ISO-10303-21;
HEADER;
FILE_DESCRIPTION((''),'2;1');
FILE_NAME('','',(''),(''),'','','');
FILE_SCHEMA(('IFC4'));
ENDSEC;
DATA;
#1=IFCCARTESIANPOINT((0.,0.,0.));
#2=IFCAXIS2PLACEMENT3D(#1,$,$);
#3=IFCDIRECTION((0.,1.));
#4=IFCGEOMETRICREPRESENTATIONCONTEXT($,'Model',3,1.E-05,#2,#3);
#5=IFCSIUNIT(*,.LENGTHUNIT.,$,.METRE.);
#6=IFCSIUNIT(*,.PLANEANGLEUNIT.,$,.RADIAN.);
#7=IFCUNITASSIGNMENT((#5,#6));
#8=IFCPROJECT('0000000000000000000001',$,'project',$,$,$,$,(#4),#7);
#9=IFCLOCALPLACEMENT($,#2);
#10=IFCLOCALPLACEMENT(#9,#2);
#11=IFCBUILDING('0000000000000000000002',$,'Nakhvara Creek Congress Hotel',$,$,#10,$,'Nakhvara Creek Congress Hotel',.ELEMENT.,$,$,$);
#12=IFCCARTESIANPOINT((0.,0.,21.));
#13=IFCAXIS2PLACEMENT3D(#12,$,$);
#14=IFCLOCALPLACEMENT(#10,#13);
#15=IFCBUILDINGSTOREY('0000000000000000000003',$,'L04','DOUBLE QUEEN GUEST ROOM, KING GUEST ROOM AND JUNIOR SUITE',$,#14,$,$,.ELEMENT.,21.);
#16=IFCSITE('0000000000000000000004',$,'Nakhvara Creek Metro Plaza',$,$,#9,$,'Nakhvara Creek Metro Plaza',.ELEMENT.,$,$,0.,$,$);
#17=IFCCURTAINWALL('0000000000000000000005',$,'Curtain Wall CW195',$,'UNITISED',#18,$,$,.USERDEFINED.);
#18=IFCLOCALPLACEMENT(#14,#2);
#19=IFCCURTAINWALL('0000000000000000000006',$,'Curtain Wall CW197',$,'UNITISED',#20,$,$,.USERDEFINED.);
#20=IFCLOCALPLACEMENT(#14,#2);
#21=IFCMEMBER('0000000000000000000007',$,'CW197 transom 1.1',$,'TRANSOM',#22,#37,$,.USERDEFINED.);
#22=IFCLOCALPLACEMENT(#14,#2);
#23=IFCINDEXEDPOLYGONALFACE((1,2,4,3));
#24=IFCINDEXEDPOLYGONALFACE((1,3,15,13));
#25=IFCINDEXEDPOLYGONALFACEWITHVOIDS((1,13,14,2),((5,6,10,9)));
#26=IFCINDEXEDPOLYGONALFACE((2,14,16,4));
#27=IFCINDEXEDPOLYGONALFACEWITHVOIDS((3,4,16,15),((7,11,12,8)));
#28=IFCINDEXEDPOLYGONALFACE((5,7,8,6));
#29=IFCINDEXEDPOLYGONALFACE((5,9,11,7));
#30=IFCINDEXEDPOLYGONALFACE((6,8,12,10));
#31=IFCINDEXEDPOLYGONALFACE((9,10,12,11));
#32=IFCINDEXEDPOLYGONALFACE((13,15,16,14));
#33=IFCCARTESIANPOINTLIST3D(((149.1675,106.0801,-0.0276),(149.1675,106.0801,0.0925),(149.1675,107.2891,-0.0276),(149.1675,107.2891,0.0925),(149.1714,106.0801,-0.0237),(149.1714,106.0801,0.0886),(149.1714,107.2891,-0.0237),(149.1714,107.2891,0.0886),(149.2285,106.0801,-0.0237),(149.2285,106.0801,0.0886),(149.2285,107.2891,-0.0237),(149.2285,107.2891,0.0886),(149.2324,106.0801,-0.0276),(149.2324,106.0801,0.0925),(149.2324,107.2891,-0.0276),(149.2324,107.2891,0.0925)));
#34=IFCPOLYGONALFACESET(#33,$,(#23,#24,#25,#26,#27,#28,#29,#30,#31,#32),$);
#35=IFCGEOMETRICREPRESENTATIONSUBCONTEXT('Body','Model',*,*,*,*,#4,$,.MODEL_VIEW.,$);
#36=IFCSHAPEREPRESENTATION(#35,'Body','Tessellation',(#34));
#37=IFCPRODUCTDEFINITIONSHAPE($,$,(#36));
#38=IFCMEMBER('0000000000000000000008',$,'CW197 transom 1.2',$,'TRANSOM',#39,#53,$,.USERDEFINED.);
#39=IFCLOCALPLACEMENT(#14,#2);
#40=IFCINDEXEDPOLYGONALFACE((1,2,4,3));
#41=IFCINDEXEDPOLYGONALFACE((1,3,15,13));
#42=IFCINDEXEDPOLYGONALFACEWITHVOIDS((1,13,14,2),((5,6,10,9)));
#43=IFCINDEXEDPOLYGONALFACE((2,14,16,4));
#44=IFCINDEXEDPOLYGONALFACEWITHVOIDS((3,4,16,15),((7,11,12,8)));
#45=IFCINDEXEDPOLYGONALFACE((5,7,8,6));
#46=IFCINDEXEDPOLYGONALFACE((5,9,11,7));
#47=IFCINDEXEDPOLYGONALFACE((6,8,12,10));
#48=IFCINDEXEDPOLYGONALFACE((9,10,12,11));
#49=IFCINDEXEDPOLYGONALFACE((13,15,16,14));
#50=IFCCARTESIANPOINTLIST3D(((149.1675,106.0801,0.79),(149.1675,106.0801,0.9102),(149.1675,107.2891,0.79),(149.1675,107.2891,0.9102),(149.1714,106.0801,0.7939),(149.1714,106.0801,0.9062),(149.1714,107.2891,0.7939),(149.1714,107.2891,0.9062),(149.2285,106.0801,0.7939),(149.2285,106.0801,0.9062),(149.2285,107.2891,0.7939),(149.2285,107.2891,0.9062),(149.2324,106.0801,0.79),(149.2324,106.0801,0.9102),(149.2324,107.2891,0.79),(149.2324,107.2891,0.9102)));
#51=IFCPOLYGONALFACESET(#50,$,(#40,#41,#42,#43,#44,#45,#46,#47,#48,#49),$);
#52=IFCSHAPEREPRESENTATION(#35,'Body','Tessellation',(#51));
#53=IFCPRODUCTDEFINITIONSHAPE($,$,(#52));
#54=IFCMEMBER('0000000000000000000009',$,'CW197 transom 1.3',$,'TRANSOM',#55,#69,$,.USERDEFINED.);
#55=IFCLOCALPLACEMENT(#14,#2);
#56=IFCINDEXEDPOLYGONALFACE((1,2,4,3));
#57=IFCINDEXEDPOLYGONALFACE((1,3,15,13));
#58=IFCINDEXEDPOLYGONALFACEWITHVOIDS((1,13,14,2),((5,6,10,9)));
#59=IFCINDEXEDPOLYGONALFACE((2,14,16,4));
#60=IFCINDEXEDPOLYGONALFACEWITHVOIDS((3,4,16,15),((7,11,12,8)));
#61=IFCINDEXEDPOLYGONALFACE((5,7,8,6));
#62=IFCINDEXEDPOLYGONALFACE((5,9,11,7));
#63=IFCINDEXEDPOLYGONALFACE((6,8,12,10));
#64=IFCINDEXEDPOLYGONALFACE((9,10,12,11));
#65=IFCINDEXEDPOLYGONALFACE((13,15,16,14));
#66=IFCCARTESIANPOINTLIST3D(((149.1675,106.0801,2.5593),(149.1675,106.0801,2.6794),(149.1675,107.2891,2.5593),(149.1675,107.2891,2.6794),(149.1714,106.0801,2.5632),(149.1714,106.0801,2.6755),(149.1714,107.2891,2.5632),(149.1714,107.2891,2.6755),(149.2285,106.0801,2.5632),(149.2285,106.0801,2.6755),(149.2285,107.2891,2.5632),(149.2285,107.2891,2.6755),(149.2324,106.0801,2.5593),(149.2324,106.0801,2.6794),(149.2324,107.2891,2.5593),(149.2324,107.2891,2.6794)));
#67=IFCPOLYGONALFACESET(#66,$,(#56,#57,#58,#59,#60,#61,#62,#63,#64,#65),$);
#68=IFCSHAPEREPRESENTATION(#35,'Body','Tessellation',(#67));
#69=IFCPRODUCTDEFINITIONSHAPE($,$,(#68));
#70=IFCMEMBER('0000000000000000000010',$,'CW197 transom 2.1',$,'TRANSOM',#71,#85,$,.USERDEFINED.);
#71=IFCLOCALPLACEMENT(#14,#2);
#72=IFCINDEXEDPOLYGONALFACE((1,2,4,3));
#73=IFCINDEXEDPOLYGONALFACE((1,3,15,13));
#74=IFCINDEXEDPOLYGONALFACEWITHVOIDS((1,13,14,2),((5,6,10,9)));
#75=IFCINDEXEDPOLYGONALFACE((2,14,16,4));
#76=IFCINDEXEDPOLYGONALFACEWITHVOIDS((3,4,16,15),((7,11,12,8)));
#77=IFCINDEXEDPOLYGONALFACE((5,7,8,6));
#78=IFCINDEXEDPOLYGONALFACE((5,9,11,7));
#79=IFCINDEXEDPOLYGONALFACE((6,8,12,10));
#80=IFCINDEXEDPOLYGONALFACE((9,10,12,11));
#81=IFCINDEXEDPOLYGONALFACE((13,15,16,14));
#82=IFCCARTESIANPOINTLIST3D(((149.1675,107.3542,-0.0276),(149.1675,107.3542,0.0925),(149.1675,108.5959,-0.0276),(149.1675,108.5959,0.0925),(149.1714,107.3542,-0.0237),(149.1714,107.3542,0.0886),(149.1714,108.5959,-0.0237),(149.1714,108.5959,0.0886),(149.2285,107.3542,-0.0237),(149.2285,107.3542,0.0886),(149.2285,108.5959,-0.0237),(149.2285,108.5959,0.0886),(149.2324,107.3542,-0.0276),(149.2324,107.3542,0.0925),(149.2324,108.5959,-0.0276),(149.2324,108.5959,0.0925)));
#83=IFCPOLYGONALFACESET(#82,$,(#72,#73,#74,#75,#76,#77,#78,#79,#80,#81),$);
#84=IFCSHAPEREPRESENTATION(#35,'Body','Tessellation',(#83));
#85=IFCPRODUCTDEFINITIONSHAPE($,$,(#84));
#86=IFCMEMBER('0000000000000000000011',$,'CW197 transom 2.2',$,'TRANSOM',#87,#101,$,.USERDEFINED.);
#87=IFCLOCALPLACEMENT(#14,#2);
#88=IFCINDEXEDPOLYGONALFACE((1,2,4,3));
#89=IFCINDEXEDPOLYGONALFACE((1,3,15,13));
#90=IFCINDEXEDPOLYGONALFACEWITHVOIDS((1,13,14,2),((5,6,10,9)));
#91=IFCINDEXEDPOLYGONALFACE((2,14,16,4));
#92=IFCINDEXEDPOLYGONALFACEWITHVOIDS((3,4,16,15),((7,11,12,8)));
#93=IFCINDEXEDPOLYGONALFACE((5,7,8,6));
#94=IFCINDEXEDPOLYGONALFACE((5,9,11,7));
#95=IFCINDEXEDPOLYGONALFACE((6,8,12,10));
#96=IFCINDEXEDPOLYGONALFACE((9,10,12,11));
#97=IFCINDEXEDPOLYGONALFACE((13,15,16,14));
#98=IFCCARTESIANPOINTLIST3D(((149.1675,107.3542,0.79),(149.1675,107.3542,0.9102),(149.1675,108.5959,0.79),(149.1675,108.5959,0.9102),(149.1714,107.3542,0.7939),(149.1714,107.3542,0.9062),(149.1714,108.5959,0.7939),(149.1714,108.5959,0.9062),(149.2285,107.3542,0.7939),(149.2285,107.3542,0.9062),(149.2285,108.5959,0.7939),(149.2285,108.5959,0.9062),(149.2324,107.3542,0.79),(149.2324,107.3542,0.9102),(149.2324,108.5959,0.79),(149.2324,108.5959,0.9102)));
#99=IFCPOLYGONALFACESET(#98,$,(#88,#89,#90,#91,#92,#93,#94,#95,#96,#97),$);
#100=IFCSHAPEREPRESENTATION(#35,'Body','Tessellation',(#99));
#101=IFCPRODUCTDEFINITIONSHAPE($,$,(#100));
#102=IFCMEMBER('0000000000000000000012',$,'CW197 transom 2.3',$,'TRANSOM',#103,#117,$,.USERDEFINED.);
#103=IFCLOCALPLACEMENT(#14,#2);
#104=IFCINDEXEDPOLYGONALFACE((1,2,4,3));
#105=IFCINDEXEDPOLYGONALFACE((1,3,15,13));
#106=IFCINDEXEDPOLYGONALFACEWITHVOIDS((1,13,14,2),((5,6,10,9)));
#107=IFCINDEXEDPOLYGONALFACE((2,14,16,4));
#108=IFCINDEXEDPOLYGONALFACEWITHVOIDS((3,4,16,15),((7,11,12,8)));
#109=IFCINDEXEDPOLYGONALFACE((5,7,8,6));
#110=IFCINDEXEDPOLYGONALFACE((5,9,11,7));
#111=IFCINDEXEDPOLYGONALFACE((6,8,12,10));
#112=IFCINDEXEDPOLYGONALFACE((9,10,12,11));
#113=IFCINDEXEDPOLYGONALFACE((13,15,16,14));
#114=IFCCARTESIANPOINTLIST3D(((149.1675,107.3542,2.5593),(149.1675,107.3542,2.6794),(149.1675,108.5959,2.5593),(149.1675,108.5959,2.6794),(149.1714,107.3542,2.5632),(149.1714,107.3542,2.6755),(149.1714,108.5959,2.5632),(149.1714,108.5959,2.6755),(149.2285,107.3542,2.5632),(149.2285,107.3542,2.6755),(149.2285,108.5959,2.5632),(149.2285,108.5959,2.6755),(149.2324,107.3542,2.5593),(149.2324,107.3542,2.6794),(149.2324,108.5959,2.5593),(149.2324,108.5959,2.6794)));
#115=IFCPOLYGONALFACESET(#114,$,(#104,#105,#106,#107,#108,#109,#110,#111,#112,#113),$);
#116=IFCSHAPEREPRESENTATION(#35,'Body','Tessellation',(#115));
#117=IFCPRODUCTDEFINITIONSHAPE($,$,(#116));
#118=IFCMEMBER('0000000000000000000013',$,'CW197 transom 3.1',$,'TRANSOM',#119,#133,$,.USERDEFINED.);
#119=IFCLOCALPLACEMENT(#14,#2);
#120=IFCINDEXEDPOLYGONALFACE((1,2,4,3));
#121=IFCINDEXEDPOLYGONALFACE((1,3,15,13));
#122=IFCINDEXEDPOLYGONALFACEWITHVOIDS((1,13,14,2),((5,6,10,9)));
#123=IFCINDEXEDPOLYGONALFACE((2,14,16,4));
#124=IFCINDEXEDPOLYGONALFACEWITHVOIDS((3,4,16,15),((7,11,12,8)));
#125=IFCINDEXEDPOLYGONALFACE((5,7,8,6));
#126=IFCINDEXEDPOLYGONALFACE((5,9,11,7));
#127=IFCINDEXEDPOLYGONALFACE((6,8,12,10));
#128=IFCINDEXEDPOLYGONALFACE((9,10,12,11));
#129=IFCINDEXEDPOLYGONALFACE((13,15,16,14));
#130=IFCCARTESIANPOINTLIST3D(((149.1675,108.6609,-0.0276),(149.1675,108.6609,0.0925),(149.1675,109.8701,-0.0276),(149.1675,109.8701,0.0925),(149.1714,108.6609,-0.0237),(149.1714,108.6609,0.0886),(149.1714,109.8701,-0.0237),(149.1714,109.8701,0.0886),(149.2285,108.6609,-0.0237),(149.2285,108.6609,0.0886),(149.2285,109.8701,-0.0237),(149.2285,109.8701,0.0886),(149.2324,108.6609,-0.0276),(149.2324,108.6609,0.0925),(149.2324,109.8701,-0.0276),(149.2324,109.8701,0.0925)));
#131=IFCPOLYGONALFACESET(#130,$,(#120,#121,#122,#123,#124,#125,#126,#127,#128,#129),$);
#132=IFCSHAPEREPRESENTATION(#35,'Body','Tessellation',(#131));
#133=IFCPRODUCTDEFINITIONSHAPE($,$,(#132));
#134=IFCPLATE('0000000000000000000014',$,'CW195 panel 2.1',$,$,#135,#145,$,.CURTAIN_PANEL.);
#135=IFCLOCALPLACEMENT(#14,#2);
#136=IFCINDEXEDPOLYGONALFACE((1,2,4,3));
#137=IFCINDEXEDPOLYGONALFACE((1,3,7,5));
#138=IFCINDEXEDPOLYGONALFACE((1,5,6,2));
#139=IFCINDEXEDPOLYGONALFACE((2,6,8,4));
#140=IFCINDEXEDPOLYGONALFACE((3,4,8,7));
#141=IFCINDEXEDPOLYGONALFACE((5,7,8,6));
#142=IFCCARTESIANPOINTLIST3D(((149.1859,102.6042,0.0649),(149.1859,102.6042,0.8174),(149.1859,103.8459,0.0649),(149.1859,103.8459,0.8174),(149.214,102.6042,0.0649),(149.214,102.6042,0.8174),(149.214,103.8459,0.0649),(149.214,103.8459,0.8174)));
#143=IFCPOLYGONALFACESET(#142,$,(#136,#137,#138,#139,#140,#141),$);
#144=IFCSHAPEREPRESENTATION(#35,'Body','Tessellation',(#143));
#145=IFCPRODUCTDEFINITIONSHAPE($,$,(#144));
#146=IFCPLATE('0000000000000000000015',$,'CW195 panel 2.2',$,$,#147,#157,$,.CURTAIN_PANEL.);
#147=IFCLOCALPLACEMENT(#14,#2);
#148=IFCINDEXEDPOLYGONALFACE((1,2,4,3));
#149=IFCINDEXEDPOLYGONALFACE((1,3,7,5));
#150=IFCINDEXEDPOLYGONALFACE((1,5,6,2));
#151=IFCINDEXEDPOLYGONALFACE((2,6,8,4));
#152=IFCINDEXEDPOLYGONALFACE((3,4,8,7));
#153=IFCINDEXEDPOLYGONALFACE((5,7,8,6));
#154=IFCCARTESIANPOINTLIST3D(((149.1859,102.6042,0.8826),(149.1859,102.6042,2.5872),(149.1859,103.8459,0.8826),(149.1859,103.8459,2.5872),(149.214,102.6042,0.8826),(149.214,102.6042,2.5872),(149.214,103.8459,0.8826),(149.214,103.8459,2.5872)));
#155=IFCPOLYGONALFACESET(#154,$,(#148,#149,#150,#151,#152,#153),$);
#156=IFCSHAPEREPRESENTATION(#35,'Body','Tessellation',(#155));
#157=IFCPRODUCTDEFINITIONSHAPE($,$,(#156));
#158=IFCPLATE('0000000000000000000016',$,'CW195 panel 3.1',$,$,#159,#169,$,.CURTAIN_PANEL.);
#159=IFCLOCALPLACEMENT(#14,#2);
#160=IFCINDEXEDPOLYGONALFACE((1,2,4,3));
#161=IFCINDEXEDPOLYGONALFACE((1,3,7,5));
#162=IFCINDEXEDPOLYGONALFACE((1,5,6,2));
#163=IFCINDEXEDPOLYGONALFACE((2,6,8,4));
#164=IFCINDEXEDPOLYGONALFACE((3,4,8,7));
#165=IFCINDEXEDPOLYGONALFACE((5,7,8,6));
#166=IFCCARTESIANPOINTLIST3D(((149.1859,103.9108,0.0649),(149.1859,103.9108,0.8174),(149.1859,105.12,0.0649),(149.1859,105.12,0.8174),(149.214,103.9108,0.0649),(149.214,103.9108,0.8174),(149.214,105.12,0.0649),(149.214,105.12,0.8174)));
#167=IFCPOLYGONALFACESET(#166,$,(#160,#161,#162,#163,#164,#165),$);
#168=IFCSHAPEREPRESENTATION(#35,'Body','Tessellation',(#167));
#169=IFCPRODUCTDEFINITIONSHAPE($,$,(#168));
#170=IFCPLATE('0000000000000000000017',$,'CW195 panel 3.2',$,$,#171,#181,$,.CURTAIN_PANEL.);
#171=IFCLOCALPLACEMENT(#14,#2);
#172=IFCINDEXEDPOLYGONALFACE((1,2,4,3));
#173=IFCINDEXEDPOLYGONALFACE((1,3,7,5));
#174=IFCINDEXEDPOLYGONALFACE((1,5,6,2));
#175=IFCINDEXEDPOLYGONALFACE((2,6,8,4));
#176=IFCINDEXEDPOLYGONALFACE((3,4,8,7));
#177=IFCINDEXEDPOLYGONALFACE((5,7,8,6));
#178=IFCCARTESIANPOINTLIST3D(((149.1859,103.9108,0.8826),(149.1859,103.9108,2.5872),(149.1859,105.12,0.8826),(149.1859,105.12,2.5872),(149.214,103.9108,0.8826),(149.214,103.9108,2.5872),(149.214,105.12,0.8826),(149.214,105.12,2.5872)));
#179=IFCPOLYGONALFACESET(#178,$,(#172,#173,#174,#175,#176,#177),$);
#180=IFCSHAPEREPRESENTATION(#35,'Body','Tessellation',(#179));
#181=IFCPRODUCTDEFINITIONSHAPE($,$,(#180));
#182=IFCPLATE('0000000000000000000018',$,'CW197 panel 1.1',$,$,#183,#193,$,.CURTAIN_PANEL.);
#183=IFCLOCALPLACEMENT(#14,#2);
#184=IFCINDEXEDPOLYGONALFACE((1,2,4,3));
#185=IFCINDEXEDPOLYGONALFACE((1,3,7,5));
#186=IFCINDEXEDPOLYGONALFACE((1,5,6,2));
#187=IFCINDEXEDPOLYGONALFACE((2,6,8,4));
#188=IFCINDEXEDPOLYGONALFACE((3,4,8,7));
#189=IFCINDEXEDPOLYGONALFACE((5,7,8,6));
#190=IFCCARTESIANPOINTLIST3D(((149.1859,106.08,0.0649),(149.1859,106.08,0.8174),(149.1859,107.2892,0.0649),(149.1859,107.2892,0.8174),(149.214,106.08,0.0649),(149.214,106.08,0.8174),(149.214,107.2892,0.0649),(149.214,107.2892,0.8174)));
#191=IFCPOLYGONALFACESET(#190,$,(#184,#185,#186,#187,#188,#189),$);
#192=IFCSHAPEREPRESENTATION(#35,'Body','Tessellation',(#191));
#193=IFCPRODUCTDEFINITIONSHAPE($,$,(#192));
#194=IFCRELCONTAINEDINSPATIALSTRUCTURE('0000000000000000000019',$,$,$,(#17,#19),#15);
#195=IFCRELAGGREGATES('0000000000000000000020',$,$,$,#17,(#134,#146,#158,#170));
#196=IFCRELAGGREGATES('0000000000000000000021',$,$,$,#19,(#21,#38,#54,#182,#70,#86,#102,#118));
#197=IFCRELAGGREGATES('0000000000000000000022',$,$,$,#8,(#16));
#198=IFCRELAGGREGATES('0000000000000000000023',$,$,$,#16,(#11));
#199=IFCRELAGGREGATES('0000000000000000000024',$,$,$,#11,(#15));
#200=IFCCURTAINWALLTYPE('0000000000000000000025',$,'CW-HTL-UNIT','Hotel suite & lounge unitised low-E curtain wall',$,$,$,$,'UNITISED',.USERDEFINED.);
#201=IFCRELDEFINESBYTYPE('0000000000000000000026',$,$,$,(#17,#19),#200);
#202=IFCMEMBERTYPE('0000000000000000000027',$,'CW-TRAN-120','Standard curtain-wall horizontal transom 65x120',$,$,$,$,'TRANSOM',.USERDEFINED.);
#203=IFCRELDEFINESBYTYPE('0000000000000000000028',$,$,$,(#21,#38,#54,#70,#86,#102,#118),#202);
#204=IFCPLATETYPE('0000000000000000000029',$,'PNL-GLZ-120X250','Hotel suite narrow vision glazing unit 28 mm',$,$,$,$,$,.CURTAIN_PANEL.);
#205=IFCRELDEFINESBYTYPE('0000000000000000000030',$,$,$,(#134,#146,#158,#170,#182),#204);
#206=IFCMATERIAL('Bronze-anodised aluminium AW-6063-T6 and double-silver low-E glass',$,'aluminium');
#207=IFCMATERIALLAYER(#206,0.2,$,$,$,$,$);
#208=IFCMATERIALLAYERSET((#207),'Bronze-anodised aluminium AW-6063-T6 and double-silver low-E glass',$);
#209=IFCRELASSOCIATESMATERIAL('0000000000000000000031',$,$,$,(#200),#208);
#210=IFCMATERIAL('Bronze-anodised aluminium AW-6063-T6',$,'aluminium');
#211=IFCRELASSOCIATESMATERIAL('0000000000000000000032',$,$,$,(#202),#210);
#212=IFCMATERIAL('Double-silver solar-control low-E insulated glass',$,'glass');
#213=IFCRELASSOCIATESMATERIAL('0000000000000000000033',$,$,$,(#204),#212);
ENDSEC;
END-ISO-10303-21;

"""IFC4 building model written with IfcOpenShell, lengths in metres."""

from ifc_helpers import new_model, si_unit, direction, frame, origin, origin_2d, place, context, subcontext, project, spatial, rectangle, hollow_rectangle, extrude, material, layer, layer_set, material_profile, profile_set, type_object, element, aggregate, save


model = new_model("IFC4")

# Units and contexts
model_context = context("Model", 3, precision=1e-05, world=origin(), true_north=direction((0.0, 1.0)))
body_context = subcontext(model_context, "Body", "Model", "MODEL_VIEW")
ifc_project = project(units=[si_unit("LENGTHUNIT", "METRE"), si_unit("PLANEANGLEUNIT", "RADIAN")], contexts=[model_context])

# Site, building, storey
site_placement = place(None, origin())
site = spatial("IfcSite", under=ifc_project, at=site_placement, Name="Nakhvara Creek Metro Plaza", LongName="Nakhvara Creek Metro Plaza", CompositionType="ELEMENT", RefElevation=0.0)
building_placement = place(site_placement, origin())
building = spatial("IfcBuilding", under=site, at=building_placement, Name="Nakhvara Creek Congress Hotel", LongName="Nakhvara Creek Congress Hotel", CompositionType="ELEMENT")
storey_placement = place(building_placement, frame((0.0, 0.0, 21.0)))
storey = spatial("IfcBuildingStorey", under=building, at=storey_placement, Name="L04", Description="DOUBLE QUEEN GUEST ROOM, KING GUEST ROOM AND JUNIOR SUITE", CompositionType="ELEMENT", Elevation=21.0)

# Curtain walls
ifc_material_1 = material(Name="Bronze-anodised aluminium AW-6063-T6 and double-silver low-E glass", Category="aluminium")
ifc_layer = layer(ifc_material_1, 0.2)
ifc_layer_set = layer_set([ifc_layer], Name="Bronze-anodised aluminium AW-6063-T6 and double-silver low-E glass")
curtain_wall_type = type_object("IfcCurtainWallType", Name="CW-HTL-UNIT", Description="Hotel suite & lounge unitised low-E curtain wall", ElementType="UNITISED", PredefinedType="USERDEFINED", material=ifc_layer_set)
curtain_wall_1_placement = place(storey_placement, origin())
curtain_wall_1 = element("IfcCurtainWall", 1, at=curtain_wall_1_placement, inside=storey, type_object=curtain_wall_type, Name="Curtain Wall CW195", ObjectType="UNITISED", PredefinedType="USERDEFINED")
ifc_material_2 = material(Name="Bronze-anodised aluminium AW-6063-T6", Category="aluminium")
curtain_wall_2_placement = place(storey_placement, origin())
curtain_wall_2 = element("IfcCurtainWall", 2, at=curtain_wall_2_placement, inside=storey, type_object=curtain_wall_type, Name="Curtain Wall CW197", ObjectType="UNITISED", PredefinedType="USERDEFINED")

# Members
ifc_material_profile_1 = material_profile(ifc_material_2, hollow_rectangle(XDim=0.0649, YDim=0.1201, WallThickness=0.0039, at=origin_2d()), Name="ALU-TRAN 65x120x4", Category="LoadBearing")
ifc_profile_set_1 = profile_set([ifc_material_profile_1], Name="Bronze-anodised aluminium AW-6063-T6")
member_type_1 = type_object("IfcMemberType", Name="CW-TRAN-120", Description="Standard curtain-wall horizontal transom 65x120", ElementType="TRANSOM", PredefinedType="USERDEFINED", material=ifc_profile_set_1)
member_1_placement = place(storey_placement, frame((149.2, 106.0801, 0.0325), z_axis=(0.0, 1.0, 0.0), x_axis=(-1.0, 0.0, 0.0)))
member_1 = element("IfcMember", 3, at=member_1_placement, type_object=member_type_1, Name="CW197 transom 1.1", ObjectType="TRANSOM", PredefinedType="USERDEFINED", context=body_context, shape_type="SweptSolid", body=[
    extrude(hollow_rectangle(XDim=0.0649, YDim=0.1201, WallThickness=0.0039, at=origin_2d()), origin(), (0.0, 0.0, 1.0), 1.209),
])
member_2_placement = place(storey_placement, frame((149.2, 106.0801, 0.8501), z_axis=(0.0, 1.0, 0.0), x_axis=(-1.0, 0.0, 0.0)))
member_2 = element("IfcMember", 4, at=member_2_placement, type_object=member_type_1, Name="CW197 transom 1.2", ObjectType="TRANSOM", PredefinedType="USERDEFINED", context=body_context, shape_type="SweptSolid", body=[
    extrude(hollow_rectangle(XDim=0.0649, YDim=0.1201, WallThickness=0.0039, at=origin_2d()), origin(), (0.0, 0.0, 1.0), 1.209),
])
member_3_placement = place(storey_placement, frame((149.2, 106.0801, 2.6194), z_axis=(0.0, 1.0, 0.0), x_axis=(-1.0, 0.0, 0.0)))
member_3 = element("IfcMember", 5, at=member_3_placement, type_object=member_type_1, Name="CW197 transom 1.3", ObjectType="TRANSOM", PredefinedType="USERDEFINED", context=body_context, shape_type="SweptSolid", body=[
    extrude(hollow_rectangle(XDim=0.0649, YDim=0.1201, WallThickness=0.0039, at=origin_2d()), origin(), (0.0, 0.0, 1.0), 1.209),
])
member_4_placement = place(storey_placement, frame((149.2, 107.3542, 0.0325), z_axis=(0.0, 1.0, 0.0), x_axis=(-1.0, 0.0, 0.0)))
member_4 = element("IfcMember", 6, at=member_4_placement, type_object=member_type_1, Name="CW197 transom 2.1", ObjectType="TRANSOM", PredefinedType="USERDEFINED", context=body_context, shape_type="SweptSolid", body=[
    extrude(hollow_rectangle(XDim=0.0649, YDim=0.1201, WallThickness=0.0039, at=origin_2d()), origin(), (0.0, 0.0, 1.0), 1.2417),
])
member_5_placement = place(storey_placement, frame((149.2, 107.3542, 0.8501), z_axis=(0.0, 1.0, 0.0), x_axis=(-1.0, 0.0, 0.0)))
member_5 = element("IfcMember", 7, at=member_5_placement, type_object=member_type_1, Name="CW197 transom 2.2", ObjectType="TRANSOM", PredefinedType="USERDEFINED", context=body_context, shape_type="SweptSolid", body=[
    extrude(hollow_rectangle(XDim=0.0649, YDim=0.1201, WallThickness=0.0039, at=origin_2d()), origin(), (0.0, 0.0, 1.0), 1.2417),
])
member_6_placement = place(storey_placement, frame((149.2, 107.3542, 2.6194), z_axis=(0.0, 1.0, 0.0), x_axis=(-1.0, 0.0, 0.0)))
member_6 = element("IfcMember", 8, at=member_6_placement, type_object=member_type_1, Name="CW197 transom 2.3", ObjectType="TRANSOM", PredefinedType="USERDEFINED", context=body_context, shape_type="SweptSolid", body=[
    extrude(hollow_rectangle(XDim=0.0649, YDim=0.1201, WallThickness=0.0039, at=origin_2d()), origin(), (0.0, 0.0, 1.0), 1.2417),
])
member_7_placement = place(storey_placement, frame((149.2, 108.6609, 0.0325), z_axis=(0.0, 1.0, 0.0), x_axis=(-1.0, 0.0, 0.0)))
member_7 = element("IfcMember", 9, at=member_7_placement, type_object=member_type_1, Name="CW197 transom 3.1", ObjectType="TRANSOM", PredefinedType="USERDEFINED", context=body_context, shape_type="SweptSolid", body=[
    extrude(hollow_rectangle(XDim=0.0649, YDim=0.1201, WallThickness=0.0039, at=origin_2d()), origin(), (0.0, 0.0, 1.0), 1.2092),
])

# Plates
ifc_material_3 = material(Name="Double-silver solar-control low-E insulated glass", Category="glass")
plate_type = type_object("IfcPlateType", Name="PNL-GLZ-120X250", Description="Hotel suite narrow vision glazing unit 28 mm", PredefinedType="CURTAIN_PANEL", material=ifc_material_3)
plate_1_placement = place(storey_placement, frame((149.2, 103.2251, 0.0649), z_axis=(0.0, 0.0, 1.0), x_axis=(0.0, 1.0, 0.0)))
plate_1 = element("IfcPlate", 10, at=plate_1_placement, type_object=plate_type, Name="CW195 panel 2.1", PredefinedType="CURTAIN_PANEL", context=body_context, shape_type="SweptSolid", body=[
    extrude(rectangle(XDim=1.2417, YDim=0.0281, at=origin_2d()), origin(), (0.0, 0.0, 1.0), 0.7524),
])
plate_2_placement = place(storey_placement, frame((149.2, 103.2251, 0.8826), z_axis=(0.0, 0.0, 1.0), x_axis=(0.0, 1.0, 0.0)))
plate_2 = element("IfcPlate", 11, at=plate_2_placement, type_object=plate_type, Name="CW195 panel 2.2", PredefinedType="CURTAIN_PANEL", context=body_context, shape_type="SweptSolid", body=[
    extrude(rectangle(XDim=1.2417, YDim=0.0281, at=origin_2d()), origin(), (0.0, 0.0, 1.0), 1.7046),
])
plate_3_placement = place(storey_placement, frame((149.2, 104.5154, 0.0649), z_axis=(0.0, 0.0, 1.0), x_axis=(0.0, 1.0, 0.0)))
plate_3 = element("IfcPlate", 12, at=plate_3_placement, type_object=plate_type, Name="CW195 panel 3.1", PredefinedType="CURTAIN_PANEL", context=body_context, shape_type="SweptSolid", body=[
    extrude(rectangle(XDim=1.2092, YDim=0.0281, at=origin_2d()), origin(), (0.0, 0.0, 1.0), 0.7524),
])
plate_4_placement = place(storey_placement, frame((149.2, 104.5154, 0.8826), z_axis=(0.0, 0.0, 1.0), x_axis=(0.0, 1.0, 0.0)))
plate_4 = element("IfcPlate", 13, at=plate_4_placement, type_object=plate_type, Name="CW195 panel 3.2", PredefinedType="CURTAIN_PANEL", context=body_context, shape_type="SweptSolid", body=[
    extrude(rectangle(XDim=1.2092, YDim=0.0281, at=origin_2d()), origin(), (0.0, 0.0, 1.0), 1.7046),
])
aggregate(curtain_wall_1, [plate_1, plate_2, plate_3, plate_4])
plate_5_placement = place(storey_placement, frame((149.2, 106.6846, 0.0649), z_axis=(0.0, 0.0, 1.0), x_axis=(0.0, 1.0, 0.0)))
plate_5 = element("IfcPlate", 14, at=plate_5_placement, type_object=plate_type, Name="CW197 panel 1.1", PredefinedType="CURTAIN_PANEL", context=body_context, shape_type="SweptSolid", body=[
    extrude(rectangle(XDim=1.2092, YDim=0.0281, at=origin_2d()), origin(), (0.0, 0.0, 1.0), 0.7524),
])
aggregate(curtain_wall_2, [member_1, member_2, member_3, plate_5, member_4, member_5, member_6, member_7])

save(model, "model.ifc")
